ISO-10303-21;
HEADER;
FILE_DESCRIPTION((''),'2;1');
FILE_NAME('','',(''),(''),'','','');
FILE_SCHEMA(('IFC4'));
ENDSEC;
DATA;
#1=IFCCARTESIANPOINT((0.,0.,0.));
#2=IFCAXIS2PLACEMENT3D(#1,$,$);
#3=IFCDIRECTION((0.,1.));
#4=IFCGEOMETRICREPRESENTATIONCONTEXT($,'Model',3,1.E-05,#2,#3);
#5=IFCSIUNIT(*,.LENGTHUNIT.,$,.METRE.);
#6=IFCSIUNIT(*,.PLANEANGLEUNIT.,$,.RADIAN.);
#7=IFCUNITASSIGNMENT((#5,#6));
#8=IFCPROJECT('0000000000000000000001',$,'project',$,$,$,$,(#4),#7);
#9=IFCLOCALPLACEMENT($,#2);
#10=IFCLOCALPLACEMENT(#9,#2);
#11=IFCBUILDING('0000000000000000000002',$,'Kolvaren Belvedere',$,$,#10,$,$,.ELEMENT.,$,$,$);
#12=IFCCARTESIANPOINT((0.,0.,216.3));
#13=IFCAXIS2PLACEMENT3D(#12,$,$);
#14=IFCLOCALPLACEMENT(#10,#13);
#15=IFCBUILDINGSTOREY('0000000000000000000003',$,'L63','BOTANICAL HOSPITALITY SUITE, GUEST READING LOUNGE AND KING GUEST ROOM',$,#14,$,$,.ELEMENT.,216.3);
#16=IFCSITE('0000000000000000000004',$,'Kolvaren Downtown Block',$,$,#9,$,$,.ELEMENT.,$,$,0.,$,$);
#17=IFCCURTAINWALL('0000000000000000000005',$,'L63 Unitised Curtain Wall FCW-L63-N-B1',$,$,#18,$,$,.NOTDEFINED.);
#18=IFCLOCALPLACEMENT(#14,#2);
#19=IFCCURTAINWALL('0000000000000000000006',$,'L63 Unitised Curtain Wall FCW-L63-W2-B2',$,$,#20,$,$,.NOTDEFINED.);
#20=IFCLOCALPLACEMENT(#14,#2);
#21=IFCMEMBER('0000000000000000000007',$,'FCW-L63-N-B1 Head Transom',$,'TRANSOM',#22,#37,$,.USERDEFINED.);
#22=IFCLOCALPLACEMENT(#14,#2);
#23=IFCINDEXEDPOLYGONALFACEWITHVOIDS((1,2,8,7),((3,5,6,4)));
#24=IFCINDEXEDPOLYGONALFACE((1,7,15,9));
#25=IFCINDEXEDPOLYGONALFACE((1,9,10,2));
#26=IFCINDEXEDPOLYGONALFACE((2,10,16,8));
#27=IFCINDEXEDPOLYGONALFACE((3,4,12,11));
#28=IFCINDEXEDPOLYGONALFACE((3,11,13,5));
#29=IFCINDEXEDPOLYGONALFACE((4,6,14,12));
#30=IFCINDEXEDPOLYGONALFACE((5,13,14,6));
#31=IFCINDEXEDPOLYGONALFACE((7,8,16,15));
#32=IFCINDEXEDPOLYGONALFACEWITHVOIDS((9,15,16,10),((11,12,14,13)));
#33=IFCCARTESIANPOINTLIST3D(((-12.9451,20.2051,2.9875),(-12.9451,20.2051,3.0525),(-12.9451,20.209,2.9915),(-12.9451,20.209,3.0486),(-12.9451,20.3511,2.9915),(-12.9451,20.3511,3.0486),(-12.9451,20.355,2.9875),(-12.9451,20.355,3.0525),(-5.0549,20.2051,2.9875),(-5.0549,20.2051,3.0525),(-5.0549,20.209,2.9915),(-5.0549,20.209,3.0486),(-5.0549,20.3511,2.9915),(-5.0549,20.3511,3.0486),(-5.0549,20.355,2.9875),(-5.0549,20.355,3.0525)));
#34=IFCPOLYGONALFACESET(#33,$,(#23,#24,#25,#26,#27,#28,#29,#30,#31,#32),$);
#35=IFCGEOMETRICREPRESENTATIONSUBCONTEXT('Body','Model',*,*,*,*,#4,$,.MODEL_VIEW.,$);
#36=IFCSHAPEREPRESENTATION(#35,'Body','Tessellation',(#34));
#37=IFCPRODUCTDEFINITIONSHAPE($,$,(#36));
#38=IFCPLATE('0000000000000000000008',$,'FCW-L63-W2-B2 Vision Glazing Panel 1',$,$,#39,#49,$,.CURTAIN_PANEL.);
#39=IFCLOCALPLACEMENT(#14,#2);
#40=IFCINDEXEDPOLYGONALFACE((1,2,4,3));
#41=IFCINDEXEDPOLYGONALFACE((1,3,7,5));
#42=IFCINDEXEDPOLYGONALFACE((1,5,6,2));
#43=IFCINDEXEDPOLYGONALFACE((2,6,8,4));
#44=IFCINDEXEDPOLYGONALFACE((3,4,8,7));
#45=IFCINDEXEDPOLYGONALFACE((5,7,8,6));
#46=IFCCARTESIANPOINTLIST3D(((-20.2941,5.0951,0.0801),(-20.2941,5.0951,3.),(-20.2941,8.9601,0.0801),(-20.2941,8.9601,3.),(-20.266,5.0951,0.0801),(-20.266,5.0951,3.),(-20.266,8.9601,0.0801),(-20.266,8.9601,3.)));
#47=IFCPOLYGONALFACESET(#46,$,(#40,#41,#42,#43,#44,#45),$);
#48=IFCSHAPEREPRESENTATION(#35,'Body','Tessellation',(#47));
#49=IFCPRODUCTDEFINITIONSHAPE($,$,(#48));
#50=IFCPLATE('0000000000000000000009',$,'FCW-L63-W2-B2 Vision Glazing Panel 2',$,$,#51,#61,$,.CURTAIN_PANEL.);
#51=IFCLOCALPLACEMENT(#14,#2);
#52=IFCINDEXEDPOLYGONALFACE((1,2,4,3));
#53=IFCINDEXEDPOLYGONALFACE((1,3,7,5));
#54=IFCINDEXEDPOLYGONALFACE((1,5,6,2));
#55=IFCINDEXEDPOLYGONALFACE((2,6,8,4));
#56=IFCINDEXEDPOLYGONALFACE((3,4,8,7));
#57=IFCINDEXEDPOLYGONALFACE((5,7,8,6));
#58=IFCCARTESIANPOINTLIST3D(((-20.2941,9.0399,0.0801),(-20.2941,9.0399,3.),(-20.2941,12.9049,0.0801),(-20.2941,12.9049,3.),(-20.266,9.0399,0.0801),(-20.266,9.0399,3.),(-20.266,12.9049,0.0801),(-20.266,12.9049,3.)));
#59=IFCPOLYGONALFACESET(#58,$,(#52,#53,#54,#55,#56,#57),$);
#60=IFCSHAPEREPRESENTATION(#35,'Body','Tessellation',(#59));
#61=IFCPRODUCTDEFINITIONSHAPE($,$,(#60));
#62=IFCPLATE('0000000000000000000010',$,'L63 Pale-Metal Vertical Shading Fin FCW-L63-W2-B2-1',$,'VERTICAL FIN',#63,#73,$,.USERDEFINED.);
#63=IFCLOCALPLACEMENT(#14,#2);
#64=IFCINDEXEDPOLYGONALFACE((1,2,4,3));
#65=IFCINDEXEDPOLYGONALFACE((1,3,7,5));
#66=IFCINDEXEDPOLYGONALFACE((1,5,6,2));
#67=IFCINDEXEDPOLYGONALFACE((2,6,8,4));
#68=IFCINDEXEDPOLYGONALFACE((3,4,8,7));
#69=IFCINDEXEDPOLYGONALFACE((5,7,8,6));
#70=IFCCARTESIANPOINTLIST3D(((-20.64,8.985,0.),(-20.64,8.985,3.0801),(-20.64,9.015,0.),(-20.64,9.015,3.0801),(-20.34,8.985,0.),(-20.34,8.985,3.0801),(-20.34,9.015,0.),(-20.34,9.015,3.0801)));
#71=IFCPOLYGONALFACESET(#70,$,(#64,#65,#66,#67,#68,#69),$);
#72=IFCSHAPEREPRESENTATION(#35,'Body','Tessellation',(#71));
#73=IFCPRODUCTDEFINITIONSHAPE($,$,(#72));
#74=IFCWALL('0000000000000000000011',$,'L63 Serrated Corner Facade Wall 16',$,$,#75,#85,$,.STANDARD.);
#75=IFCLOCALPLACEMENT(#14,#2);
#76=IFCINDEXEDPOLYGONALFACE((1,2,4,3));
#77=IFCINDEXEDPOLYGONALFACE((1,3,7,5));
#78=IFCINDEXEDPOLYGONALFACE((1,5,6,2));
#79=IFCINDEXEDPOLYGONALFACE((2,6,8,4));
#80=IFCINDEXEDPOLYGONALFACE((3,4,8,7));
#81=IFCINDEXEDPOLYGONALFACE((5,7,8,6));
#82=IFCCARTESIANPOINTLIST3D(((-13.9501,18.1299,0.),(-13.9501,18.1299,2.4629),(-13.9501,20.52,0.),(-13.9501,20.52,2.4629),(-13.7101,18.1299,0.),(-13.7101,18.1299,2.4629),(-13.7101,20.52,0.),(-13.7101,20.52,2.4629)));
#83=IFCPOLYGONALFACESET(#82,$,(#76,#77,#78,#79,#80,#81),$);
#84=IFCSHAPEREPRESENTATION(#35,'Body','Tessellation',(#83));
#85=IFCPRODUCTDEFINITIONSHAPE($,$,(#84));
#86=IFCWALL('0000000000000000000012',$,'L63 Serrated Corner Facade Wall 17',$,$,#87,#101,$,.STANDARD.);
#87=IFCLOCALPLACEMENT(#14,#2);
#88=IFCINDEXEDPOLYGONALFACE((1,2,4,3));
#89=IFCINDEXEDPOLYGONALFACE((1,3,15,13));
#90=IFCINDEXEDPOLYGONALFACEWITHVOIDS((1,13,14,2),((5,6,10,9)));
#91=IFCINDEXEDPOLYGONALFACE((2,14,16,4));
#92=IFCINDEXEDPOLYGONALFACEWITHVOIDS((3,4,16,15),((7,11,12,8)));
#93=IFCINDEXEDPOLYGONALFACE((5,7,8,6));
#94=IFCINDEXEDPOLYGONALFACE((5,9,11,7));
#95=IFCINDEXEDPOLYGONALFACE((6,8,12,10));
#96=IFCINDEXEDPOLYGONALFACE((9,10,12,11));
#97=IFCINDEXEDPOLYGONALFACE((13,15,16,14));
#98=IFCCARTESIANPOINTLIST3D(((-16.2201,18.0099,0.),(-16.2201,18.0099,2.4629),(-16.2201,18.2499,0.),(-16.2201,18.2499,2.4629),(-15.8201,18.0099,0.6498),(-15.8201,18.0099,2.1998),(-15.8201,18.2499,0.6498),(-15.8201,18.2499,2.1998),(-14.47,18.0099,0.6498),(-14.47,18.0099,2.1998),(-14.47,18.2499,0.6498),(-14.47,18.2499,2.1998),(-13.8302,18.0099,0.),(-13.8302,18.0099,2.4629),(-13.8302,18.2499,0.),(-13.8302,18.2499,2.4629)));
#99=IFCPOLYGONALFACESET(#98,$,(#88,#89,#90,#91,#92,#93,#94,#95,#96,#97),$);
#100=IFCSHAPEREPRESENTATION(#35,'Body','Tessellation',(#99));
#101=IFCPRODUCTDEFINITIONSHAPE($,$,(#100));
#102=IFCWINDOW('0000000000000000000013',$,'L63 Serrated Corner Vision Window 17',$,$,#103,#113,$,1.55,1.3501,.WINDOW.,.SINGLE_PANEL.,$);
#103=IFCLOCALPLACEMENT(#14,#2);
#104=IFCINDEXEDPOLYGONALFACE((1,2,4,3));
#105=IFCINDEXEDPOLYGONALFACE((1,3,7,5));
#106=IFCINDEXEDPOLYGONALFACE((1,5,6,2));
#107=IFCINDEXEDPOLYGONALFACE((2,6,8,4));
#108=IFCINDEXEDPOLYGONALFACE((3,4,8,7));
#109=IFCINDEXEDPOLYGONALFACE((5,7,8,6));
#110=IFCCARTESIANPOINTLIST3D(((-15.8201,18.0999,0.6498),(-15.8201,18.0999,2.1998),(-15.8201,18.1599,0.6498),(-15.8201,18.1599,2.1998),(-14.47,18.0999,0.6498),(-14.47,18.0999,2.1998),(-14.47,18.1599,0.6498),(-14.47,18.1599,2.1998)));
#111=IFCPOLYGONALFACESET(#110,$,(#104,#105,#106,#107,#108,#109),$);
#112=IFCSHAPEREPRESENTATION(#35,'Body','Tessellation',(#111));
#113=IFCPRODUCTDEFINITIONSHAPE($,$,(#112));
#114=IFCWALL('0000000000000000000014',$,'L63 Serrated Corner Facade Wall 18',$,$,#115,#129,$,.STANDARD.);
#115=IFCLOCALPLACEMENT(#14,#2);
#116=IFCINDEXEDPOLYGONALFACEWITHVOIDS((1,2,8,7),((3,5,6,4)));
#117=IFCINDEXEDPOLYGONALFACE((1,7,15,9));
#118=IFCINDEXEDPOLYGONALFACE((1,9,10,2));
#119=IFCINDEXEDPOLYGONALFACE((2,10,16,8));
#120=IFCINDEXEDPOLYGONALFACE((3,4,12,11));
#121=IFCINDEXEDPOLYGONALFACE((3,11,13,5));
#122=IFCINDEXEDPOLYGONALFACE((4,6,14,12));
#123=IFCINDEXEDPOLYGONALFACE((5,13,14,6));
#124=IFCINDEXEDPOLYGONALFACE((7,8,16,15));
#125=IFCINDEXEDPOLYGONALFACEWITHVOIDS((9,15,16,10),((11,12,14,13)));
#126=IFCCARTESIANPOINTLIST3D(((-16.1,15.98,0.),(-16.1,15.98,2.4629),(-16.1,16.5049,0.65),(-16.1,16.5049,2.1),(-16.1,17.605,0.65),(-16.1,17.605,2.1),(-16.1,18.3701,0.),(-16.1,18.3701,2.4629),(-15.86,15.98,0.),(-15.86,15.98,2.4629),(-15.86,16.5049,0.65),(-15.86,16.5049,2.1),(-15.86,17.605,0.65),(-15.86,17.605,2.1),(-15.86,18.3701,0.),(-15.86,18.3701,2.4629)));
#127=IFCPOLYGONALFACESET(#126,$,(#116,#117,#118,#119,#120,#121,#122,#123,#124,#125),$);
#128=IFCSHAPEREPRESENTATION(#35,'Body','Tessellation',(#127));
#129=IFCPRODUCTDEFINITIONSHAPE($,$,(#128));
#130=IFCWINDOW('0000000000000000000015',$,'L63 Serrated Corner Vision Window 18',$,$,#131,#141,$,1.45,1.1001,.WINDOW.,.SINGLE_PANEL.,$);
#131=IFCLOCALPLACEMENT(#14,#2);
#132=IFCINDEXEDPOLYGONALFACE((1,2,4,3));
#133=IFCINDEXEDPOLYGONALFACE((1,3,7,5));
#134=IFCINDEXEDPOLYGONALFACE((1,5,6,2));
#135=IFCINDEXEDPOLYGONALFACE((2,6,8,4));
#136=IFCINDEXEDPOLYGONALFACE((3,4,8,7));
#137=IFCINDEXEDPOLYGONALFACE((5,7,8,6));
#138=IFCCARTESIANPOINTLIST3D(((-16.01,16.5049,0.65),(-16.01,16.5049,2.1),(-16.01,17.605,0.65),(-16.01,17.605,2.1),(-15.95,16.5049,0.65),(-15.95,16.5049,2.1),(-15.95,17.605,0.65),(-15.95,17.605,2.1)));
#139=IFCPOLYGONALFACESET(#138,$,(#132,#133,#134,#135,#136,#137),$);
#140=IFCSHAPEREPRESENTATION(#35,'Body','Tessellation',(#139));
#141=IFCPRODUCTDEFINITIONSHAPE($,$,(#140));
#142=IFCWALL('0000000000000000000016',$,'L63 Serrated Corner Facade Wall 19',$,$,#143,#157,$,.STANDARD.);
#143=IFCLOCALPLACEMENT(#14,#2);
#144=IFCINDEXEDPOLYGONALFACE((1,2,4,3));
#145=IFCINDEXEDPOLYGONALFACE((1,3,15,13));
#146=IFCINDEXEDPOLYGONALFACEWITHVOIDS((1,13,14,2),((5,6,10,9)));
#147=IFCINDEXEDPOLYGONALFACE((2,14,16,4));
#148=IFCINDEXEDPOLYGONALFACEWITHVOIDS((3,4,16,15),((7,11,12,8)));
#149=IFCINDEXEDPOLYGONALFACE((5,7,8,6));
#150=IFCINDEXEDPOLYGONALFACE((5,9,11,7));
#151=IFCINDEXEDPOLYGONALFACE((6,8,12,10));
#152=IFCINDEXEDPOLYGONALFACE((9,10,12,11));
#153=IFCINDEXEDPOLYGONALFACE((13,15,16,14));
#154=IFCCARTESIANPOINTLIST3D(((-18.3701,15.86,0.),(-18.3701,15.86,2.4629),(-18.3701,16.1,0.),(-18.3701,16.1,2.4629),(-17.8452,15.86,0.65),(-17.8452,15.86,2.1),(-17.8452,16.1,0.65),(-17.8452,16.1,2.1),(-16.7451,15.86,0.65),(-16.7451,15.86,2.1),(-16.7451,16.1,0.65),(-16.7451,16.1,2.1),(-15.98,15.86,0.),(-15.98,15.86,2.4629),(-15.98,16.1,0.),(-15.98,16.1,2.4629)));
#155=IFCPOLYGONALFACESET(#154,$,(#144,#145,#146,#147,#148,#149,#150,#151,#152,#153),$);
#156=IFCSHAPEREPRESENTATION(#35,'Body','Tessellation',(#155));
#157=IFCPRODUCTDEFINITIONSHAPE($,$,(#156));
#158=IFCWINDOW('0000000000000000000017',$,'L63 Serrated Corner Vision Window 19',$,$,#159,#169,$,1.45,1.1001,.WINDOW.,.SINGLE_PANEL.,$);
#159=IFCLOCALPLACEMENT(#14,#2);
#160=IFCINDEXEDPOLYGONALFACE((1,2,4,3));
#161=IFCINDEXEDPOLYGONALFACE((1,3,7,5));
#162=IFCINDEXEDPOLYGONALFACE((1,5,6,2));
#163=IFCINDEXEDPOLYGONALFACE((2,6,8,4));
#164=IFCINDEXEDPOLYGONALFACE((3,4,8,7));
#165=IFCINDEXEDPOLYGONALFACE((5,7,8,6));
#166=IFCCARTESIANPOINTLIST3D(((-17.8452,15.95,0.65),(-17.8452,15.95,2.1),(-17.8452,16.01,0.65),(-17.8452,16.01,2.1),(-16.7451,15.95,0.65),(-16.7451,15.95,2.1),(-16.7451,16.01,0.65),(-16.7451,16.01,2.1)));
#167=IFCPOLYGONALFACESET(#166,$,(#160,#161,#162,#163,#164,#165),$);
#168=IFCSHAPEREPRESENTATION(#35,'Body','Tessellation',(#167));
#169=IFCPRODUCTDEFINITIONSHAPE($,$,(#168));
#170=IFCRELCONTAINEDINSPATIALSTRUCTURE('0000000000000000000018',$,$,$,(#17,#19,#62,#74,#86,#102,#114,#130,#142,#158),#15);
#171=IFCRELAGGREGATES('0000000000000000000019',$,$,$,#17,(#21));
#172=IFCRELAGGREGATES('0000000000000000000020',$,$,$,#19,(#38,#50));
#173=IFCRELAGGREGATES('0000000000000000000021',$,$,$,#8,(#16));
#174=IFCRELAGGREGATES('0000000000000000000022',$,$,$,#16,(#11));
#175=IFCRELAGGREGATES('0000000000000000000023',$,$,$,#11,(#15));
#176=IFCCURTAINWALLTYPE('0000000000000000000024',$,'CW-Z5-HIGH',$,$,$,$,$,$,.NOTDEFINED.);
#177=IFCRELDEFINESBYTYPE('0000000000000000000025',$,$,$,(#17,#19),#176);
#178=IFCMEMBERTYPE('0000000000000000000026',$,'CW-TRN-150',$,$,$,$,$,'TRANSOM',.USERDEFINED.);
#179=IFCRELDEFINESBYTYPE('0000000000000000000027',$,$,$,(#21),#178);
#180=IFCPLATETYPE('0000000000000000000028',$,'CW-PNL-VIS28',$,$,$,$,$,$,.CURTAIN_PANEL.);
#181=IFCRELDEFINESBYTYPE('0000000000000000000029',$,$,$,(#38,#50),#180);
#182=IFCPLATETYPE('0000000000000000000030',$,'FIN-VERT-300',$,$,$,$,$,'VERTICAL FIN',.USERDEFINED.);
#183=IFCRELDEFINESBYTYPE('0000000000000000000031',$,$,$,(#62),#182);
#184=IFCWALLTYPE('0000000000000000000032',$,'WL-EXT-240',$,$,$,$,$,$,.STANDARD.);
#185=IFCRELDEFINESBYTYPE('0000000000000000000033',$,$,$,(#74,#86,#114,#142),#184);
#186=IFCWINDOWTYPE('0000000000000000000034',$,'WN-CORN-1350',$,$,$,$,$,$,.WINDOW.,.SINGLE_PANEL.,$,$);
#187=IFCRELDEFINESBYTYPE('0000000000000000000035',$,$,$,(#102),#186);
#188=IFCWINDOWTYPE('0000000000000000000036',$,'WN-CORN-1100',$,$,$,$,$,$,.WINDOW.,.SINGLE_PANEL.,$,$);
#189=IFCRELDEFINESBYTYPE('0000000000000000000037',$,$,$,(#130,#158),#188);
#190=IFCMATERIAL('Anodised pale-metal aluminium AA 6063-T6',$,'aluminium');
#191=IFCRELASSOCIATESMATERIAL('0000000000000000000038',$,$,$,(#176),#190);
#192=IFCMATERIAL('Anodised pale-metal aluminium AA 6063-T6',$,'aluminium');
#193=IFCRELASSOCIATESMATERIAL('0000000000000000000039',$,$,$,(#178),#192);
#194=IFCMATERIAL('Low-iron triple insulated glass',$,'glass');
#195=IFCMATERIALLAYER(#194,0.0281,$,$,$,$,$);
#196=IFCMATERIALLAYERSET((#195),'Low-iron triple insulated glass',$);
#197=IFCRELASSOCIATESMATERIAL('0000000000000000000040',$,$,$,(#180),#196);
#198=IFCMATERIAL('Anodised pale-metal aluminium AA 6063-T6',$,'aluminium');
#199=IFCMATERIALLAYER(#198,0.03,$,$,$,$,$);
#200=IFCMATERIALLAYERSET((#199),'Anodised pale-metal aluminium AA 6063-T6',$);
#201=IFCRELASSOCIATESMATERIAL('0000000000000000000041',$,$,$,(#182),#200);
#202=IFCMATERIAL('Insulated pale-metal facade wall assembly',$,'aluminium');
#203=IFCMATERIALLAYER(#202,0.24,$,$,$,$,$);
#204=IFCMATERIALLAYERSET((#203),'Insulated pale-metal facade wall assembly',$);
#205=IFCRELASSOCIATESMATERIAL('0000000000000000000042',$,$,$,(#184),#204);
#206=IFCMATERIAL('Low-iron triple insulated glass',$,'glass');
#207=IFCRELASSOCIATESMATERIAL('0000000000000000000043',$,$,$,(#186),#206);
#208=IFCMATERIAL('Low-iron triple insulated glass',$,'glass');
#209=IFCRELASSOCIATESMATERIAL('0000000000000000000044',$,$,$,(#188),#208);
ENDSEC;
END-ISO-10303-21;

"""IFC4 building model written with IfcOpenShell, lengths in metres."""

from ifc_helpers import new_model, si_unit, direction, frame, frame_2d, origin, origin_2d, place, context, subcontext, project, spatial, rectangle, hollow_rectangle, extrude, material, layer, layer_set, material_profile, profile_set, type_object, element, fill, aggregate, save


model = new_model("IFC4")

# Units and contexts
model_context = context("Model", 3, precision=1e-05, world=origin(), true_north=direction((0.0, 1.0)))
body_context = subcontext(model_context, "Body", "Model", "MODEL_VIEW")
ifc_project = project(units=[si_unit("LENGTHUNIT", "METRE"), si_unit("PLANEANGLEUNIT", "RADIAN")], contexts=[model_context])

# Site, building, storey
site_placement = place(None, origin())
site = spatial("IfcSite", under=ifc_project, at=site_placement, Name="Kolvaren Downtown Block", CompositionType="ELEMENT", RefElevation=0.0)
building_placement = place(site_placement, origin())
building = spatial("IfcBuilding", under=site, at=building_placement, Name="Kolvaren Belvedere", CompositionType="ELEMENT")
storey_placement = place(building_placement, frame((0.0, 0.0, 216.3)))
storey = spatial("IfcBuildingStorey", under=building, at=storey_placement, Name="L63", Description="BOTANICAL HOSPITALITY SUITE, GUEST READING LOUNGE AND KING GUEST ROOM", CompositionType="ELEMENT", Elevation=216.3)

# Curtain wall
ifc_material_1 = material(Name="Anodised pale-metal aluminium AA 6063-T6", Category="aluminium")
curtain_wall_type = type_object("IfcCurtainWallType", Name="CW-Z5-HIGH", PredefinedType="NOTDEFINED", material=ifc_material_1)
curtain_wall_1_placement = place(storey_placement, origin())
curtain_wall_1 = element("IfcCurtainWall", 1, at=curtain_wall_1_placement, inside=storey, type_object=curtain_wall_type, Name="L63 Unitised Curtain Wall FCW-L63-N-B1", PredefinedType="NOTDEFINED")

# Curtain wall
curtain_wall_2_placement = place(storey_placement, origin())
curtain_wall_2 = element("IfcCurtainWall", 2, at=curtain_wall_2_placement, inside=storey, type_object=curtain_wall_type, Name="L63 Unitised Curtain Wall FCW-L63-W2-B2", PredefinedType="NOTDEFINED")

# Member
ifc_material_2 = material(Name="Anodised pale-metal aluminium AA 6063-T6", Category="aluminium")
ifc_material_profile_1 = material_profile(ifc_material_2, hollow_rectangle(XDim=0.0649, YDim=0.1499, WallThickness=0.0039, at=origin_2d()), Name="ALU-TRN-150X65")
ifc_profile_set_1 = profile_set([ifc_material_profile_1], Name="Anodised pale-metal aluminium AA 6063-T6")
member_type_1 = type_object("IfcMemberType", Name="CW-TRN-150", ElementType="TRANSOM", PredefinedType="USERDEFINED", material=ifc_profile_set_1)
member_1_placement = place(storey_placement, frame((-12.9451, 20.28, 3.02), z_axis=(1.0, 0.0, 0.0), x_axis=(0.0, 0.0, 1.0)))
member_1 = element("IfcMember", 3, at=member_1_placement, type_object=member_type_1, Name="FCW-L63-N-B1 Head Transom", ObjectType="TRANSOM", PredefinedType="USERDEFINED", context=body_context, shape_type="SweptSolid", body=[
    extrude(hollow_rectangle(XDim=0.0649, YDim=0.1499, WallThickness=0.0039, at=origin_2d()), origin(), (0.0, 0.0, 1.0), 7.8901),
])
aggregate(curtain_wall_1, [member_1])

# Plates
ifc_material_3 = material(Name="Low-iron triple insulated glass", Category="glass")
ifc_layer_1 = layer(ifc_material_3, 0.0281)
ifc_layer_set_1 = layer_set([ifc_layer_1], Name="Low-iron triple insulated glass")
plate_type_1 = type_object("IfcPlateType", Name="CW-PNL-VIS28", PredefinedType="CURTAIN_PANEL", material=ifc_layer_set_1)
plate_1_placement = place(storey_placement, frame((-20.28, 7.0276, 0.0801), z_axis=(0.0, 0.0, 1.0), x_axis=(0.0, 1.0, 0.0)))
plate_1 = element("IfcPlate", 4, at=plate_1_placement, type_object=plate_type_1, Name="FCW-L63-W2-B2 Vision Glazing Panel 1", PredefinedType="CURTAIN_PANEL", context=body_context, shape_type="SweptSolid", body=[
    extrude(rectangle(XDim=3.865, YDim=0.0281, at=origin_2d()), origin(), (0.0, 0.0, 1.0), 2.9199),
])
plate_2_placement = place(storey_placement, frame((-20.28, 10.9724, 0.0801), z_axis=(0.0, 0.0, 1.0), x_axis=(0.0, 1.0, 0.0)))
plate_2 = element("IfcPlate", 5, at=plate_2_placement, type_object=plate_type_1, Name="FCW-L63-W2-B2 Vision Glazing Panel 2", PredefinedType="CURTAIN_PANEL", context=body_context, shape_type="SweptSolid", body=[
    extrude(rectangle(XDim=3.865, YDim=0.0281, at=origin_2d()), origin(), (0.0, 0.0, 1.0), 2.9199),
])
aggregate(curtain_wall_2, [plate_1, plate_2])
ifc_material_4 = material(Name="Anodised pale-metal aluminium AA 6063-T6", Category="aluminium")
ifc_layer_2 = layer(ifc_material_4, 0.03)
ifc_layer_set_2 = layer_set([ifc_layer_2], Name="Anodised pale-metal aluminium AA 6063-T6")
plate_type_2 = type_object("IfcPlateType", Name="FIN-VERT-300", ElementType="VERTICAL FIN", PredefinedType="USERDEFINED", material=ifc_layer_set_2)
plate_3_placement = place(storey_placement, frame((-20.49, 9.0, 0.0), z_axis=(0.0, 0.0, 1.0), x_axis=(1.0, 0.0, 0.0)))
element("IfcPlate", 6, at=plate_3_placement, inside=storey, type_object=plate_type_2, Name="L63 Pale-Metal Vertical Shading Fin FCW-L63-W2-B2-1", ObjectType="VERTICAL FIN", PredefinedType="USERDEFINED", context=body_context, shape_type="SweptSolid", body=[
    extrude(rectangle(XDim=0.3, YDim=0.03, at=origin_2d()), origin(), (0.0, 0.0, 1.0), 3.0801),
])

# Wall
ifc_material_5 = material(Name="Insulated pale-metal facade wall assembly", Category="aluminium")
ifc_layer_3 = layer(ifc_material_5, 0.24)
ifc_layer_set_3 = layer_set([ifc_layer_3], Name="Insulated pale-metal facade wall assembly")
wall_type_1 = type_object("IfcWallType", Name="WL-EXT-240", PredefinedType="STANDARD", material=ifc_layer_set_3)
wall_1_placement = place(storey_placement, frame((-13.8301, 18.1299, 0.0), z_axis=(0.0, 0.0, 1.0), x_axis=(0.0, 1.0, 0.0)))
element("IfcWall", 7, at=wall_1_placement, inside=storey, type_object=wall_type_1, Name="L63 Serrated Corner Facade Wall 16", PredefinedType="STANDARD", context=body_context, shape_type="SweptSolid", body=[
    extrude(rectangle(XDim=2.3901, YDim=0.24, at=frame_2d((1.1951, 0.0))), origin(), (0.0, 0.0, 1.0), 2.4629),
])

# Walls, openings, windows
wall_2_placement = place(storey_placement, frame((-16.22, 18.1299, 0.0), z_axis=(0.0, 0.0, 1.0), x_axis=(1.0, 0.0, 0.0)))
wall_2 = element("IfcWall", 8, at=wall_2_placement, inside=storey, type_object=wall_type_1, Name="L63 Serrated Corner Facade Wall 17", PredefinedType="STANDARD", context=body_context, shape_type="SweptSolid", body=[
    extrude(rectangle(XDim=2.3899, YDim=0.24, at=frame_2d((1.1948, 0.0))), origin(), (0.0, 0.0, 1.0), 2.4629),
])
opening_1_placement = place(wall_2_placement, frame((0.3999, 0.0, 0.6499)))
opening_1 = element("IfcOpeningElement", 9, at=opening_1_placement, cuts=wall_2, PredefinedType="OPENING", context=body_context, shape_type="SweptSolid", body=[
    extrude(rectangle(XDim=1.3501, YDim=1.55, at=frame_2d((0.675, 0.7749))), frame((0.0, 0.1299, 0.0), z_axis=(0.0, -1.0, 0.0), x_axis=(1.0, 0.0, 0.0)), (0.0, 0.0, 1.0), 0.26),
])
ifc_material_6 = material(Name="Low-iron triple insulated glass", Category="glass")
window_type_1 = type_object("IfcWindowType", Name="WN-CORN-1350", PartitioningType="SINGLE_PANEL", PredefinedType="WINDOW", material=ifc_material_6)
window_1_placement = place(opening_1_placement, origin())
window_1 = element("IfcWindow", 10, at=window_1_placement, inside=storey, type_object=window_type_1, Name="L63 Serrated Corner Vision Window 17", OverallHeight=1.55, OverallWidth=1.3501, PartitioningType="SINGLE_PANEL", PredefinedType="WINDOW", context=body_context, shape_type="SweptSolid", body=[
    extrude(rectangle(XDim=1.3501, YDim=1.55, at=frame_2d((0.675, 0.7749))), frame((0.0, 0.03, 0.0), z_axis=(0.0, -1.0, 0.0), x_axis=(1.0, 0.0, 0.0)), (0.0, 0.0, 1.0), 0.0601),
])
fill(opening_1, window_1)
wall_3_placement = place(storey_placement, frame((-15.98, 15.98, 0.0), z_axis=(0.0, 0.0, 1.0), x_axis=(0.0, 1.0, 0.0)))
wall_3 = element("IfcWall", 11, at=wall_3_placement, inside=storey, type_object=wall_type_1, Name="L63 Serrated Corner Facade Wall 18", PredefinedType="STANDARD", context=body_context, shape_type="SweptSolid", body=[
    extrude(rectangle(XDim=2.3901, YDim=0.24, at=frame_2d((1.1951, 0.0))), origin(), (0.0, 0.0, 1.0), 2.4629),
])
opening_2_placement = place(wall_3_placement, frame((0.5249, 0.0, 0.6499)))
opening_2 = element("IfcOpeningElement", 12, at=opening_2_placement, cuts=wall_3, PredefinedType="OPENING", context=body_context, shape_type="SweptSolid", body=[
    extrude(rectangle(XDim=1.1001, YDim=1.45, at=frame_2d((0.55, 0.7251))), frame((0.0, 0.1299, 0.0), z_axis=(0.0, -1.0, 0.0), x_axis=(1.0, 0.0, 0.0)), (0.0, 0.0, 1.0), 0.26),
])
ifc_material_7 = material(Name="Low-iron triple insulated glass", Category="glass")
window_type_2 = type_object("IfcWindowType", Name="WN-CORN-1100", PartitioningType="SINGLE_PANEL", PredefinedType="WINDOW", material=ifc_material_7)
window_2_placement = place(opening_2_placement, origin())
window_2 = element("IfcWindow", 13, at=window_2_placement, inside=storey, type_object=window_type_2, Name="L63 Serrated Corner Vision Window 18", OverallHeight=1.45, OverallWidth=1.1001, PartitioningType="SINGLE_PANEL", PredefinedType="WINDOW", context=body_context, shape_type="SweptSolid", body=[
    extrude(rectangle(XDim=1.1001, YDim=1.45, at=frame_2d((0.55, 0.7251))), frame((0.0, 0.03, 0.0), z_axis=(0.0, -1.0, 0.0), x_axis=(1.0, 0.0, 0.0)), (0.0, 0.0, 1.0), 0.0601),
])
fill(opening_2, window_2)
wall_4_placement = place(storey_placement, frame((-18.3701, 15.98, 0.0), z_axis=(0.0, 0.0, 1.0), x_axis=(1.0, 0.0, 0.0)))
wall_4 = element("IfcWall", 14, at=wall_4_placement, inside=storey, type_object=wall_type_1, Name="L63 Serrated Corner Facade Wall 19", PredefinedType="STANDARD", context=body_context, shape_type="SweptSolid", body=[
    extrude(rectangle(XDim=2.3901, YDim=0.24, at=frame_2d((1.1951, 0.0))), origin(), (0.0, 0.0, 1.0), 2.4629),
])
opening_3_placement = place(wall_4_placement, frame((0.5249, 0.0, 0.6499)))
opening_3 = element("IfcOpeningElement", 15, at=opening_3_placement, cuts=wall_4, PredefinedType="OPENING", context=body_context, shape_type="SweptSolid", body=[
    extrude(rectangle(XDim=1.1001, YDim=1.45, at=frame_2d((0.55, 0.7251))), frame((0.0, 0.1299, 0.0), z_axis=(0.0, -1.0, 0.0), x_axis=(1.0, 0.0, 0.0)), (0.0, 0.0, 1.0), 0.26),
])
window_3_placement = place(opening_3_placement, origin())
window_3 = element("IfcWindow", 16, at=window_3_placement, inside=storey, type_object=window_type_2, Name="L63 Serrated Corner Vision Window 19", OverallHeight=1.45, OverallWidth=1.1001, PartitioningType="SINGLE_PANEL", PredefinedType="WINDOW", context=body_context, shape_type="SweptSolid", body=[
    extrude(rectangle(XDim=1.1001, YDim=1.45, at=frame_2d((0.55, 0.7251))), frame((0.0, 0.03, 0.0), z_axis=(0.0, -1.0, 0.0), x_axis=(1.0, 0.0, 0.0)), (0.0, 0.0, 1.0), 0.0601),
])
fill(opening_3, window_3)

save(model, "model.ifc")
